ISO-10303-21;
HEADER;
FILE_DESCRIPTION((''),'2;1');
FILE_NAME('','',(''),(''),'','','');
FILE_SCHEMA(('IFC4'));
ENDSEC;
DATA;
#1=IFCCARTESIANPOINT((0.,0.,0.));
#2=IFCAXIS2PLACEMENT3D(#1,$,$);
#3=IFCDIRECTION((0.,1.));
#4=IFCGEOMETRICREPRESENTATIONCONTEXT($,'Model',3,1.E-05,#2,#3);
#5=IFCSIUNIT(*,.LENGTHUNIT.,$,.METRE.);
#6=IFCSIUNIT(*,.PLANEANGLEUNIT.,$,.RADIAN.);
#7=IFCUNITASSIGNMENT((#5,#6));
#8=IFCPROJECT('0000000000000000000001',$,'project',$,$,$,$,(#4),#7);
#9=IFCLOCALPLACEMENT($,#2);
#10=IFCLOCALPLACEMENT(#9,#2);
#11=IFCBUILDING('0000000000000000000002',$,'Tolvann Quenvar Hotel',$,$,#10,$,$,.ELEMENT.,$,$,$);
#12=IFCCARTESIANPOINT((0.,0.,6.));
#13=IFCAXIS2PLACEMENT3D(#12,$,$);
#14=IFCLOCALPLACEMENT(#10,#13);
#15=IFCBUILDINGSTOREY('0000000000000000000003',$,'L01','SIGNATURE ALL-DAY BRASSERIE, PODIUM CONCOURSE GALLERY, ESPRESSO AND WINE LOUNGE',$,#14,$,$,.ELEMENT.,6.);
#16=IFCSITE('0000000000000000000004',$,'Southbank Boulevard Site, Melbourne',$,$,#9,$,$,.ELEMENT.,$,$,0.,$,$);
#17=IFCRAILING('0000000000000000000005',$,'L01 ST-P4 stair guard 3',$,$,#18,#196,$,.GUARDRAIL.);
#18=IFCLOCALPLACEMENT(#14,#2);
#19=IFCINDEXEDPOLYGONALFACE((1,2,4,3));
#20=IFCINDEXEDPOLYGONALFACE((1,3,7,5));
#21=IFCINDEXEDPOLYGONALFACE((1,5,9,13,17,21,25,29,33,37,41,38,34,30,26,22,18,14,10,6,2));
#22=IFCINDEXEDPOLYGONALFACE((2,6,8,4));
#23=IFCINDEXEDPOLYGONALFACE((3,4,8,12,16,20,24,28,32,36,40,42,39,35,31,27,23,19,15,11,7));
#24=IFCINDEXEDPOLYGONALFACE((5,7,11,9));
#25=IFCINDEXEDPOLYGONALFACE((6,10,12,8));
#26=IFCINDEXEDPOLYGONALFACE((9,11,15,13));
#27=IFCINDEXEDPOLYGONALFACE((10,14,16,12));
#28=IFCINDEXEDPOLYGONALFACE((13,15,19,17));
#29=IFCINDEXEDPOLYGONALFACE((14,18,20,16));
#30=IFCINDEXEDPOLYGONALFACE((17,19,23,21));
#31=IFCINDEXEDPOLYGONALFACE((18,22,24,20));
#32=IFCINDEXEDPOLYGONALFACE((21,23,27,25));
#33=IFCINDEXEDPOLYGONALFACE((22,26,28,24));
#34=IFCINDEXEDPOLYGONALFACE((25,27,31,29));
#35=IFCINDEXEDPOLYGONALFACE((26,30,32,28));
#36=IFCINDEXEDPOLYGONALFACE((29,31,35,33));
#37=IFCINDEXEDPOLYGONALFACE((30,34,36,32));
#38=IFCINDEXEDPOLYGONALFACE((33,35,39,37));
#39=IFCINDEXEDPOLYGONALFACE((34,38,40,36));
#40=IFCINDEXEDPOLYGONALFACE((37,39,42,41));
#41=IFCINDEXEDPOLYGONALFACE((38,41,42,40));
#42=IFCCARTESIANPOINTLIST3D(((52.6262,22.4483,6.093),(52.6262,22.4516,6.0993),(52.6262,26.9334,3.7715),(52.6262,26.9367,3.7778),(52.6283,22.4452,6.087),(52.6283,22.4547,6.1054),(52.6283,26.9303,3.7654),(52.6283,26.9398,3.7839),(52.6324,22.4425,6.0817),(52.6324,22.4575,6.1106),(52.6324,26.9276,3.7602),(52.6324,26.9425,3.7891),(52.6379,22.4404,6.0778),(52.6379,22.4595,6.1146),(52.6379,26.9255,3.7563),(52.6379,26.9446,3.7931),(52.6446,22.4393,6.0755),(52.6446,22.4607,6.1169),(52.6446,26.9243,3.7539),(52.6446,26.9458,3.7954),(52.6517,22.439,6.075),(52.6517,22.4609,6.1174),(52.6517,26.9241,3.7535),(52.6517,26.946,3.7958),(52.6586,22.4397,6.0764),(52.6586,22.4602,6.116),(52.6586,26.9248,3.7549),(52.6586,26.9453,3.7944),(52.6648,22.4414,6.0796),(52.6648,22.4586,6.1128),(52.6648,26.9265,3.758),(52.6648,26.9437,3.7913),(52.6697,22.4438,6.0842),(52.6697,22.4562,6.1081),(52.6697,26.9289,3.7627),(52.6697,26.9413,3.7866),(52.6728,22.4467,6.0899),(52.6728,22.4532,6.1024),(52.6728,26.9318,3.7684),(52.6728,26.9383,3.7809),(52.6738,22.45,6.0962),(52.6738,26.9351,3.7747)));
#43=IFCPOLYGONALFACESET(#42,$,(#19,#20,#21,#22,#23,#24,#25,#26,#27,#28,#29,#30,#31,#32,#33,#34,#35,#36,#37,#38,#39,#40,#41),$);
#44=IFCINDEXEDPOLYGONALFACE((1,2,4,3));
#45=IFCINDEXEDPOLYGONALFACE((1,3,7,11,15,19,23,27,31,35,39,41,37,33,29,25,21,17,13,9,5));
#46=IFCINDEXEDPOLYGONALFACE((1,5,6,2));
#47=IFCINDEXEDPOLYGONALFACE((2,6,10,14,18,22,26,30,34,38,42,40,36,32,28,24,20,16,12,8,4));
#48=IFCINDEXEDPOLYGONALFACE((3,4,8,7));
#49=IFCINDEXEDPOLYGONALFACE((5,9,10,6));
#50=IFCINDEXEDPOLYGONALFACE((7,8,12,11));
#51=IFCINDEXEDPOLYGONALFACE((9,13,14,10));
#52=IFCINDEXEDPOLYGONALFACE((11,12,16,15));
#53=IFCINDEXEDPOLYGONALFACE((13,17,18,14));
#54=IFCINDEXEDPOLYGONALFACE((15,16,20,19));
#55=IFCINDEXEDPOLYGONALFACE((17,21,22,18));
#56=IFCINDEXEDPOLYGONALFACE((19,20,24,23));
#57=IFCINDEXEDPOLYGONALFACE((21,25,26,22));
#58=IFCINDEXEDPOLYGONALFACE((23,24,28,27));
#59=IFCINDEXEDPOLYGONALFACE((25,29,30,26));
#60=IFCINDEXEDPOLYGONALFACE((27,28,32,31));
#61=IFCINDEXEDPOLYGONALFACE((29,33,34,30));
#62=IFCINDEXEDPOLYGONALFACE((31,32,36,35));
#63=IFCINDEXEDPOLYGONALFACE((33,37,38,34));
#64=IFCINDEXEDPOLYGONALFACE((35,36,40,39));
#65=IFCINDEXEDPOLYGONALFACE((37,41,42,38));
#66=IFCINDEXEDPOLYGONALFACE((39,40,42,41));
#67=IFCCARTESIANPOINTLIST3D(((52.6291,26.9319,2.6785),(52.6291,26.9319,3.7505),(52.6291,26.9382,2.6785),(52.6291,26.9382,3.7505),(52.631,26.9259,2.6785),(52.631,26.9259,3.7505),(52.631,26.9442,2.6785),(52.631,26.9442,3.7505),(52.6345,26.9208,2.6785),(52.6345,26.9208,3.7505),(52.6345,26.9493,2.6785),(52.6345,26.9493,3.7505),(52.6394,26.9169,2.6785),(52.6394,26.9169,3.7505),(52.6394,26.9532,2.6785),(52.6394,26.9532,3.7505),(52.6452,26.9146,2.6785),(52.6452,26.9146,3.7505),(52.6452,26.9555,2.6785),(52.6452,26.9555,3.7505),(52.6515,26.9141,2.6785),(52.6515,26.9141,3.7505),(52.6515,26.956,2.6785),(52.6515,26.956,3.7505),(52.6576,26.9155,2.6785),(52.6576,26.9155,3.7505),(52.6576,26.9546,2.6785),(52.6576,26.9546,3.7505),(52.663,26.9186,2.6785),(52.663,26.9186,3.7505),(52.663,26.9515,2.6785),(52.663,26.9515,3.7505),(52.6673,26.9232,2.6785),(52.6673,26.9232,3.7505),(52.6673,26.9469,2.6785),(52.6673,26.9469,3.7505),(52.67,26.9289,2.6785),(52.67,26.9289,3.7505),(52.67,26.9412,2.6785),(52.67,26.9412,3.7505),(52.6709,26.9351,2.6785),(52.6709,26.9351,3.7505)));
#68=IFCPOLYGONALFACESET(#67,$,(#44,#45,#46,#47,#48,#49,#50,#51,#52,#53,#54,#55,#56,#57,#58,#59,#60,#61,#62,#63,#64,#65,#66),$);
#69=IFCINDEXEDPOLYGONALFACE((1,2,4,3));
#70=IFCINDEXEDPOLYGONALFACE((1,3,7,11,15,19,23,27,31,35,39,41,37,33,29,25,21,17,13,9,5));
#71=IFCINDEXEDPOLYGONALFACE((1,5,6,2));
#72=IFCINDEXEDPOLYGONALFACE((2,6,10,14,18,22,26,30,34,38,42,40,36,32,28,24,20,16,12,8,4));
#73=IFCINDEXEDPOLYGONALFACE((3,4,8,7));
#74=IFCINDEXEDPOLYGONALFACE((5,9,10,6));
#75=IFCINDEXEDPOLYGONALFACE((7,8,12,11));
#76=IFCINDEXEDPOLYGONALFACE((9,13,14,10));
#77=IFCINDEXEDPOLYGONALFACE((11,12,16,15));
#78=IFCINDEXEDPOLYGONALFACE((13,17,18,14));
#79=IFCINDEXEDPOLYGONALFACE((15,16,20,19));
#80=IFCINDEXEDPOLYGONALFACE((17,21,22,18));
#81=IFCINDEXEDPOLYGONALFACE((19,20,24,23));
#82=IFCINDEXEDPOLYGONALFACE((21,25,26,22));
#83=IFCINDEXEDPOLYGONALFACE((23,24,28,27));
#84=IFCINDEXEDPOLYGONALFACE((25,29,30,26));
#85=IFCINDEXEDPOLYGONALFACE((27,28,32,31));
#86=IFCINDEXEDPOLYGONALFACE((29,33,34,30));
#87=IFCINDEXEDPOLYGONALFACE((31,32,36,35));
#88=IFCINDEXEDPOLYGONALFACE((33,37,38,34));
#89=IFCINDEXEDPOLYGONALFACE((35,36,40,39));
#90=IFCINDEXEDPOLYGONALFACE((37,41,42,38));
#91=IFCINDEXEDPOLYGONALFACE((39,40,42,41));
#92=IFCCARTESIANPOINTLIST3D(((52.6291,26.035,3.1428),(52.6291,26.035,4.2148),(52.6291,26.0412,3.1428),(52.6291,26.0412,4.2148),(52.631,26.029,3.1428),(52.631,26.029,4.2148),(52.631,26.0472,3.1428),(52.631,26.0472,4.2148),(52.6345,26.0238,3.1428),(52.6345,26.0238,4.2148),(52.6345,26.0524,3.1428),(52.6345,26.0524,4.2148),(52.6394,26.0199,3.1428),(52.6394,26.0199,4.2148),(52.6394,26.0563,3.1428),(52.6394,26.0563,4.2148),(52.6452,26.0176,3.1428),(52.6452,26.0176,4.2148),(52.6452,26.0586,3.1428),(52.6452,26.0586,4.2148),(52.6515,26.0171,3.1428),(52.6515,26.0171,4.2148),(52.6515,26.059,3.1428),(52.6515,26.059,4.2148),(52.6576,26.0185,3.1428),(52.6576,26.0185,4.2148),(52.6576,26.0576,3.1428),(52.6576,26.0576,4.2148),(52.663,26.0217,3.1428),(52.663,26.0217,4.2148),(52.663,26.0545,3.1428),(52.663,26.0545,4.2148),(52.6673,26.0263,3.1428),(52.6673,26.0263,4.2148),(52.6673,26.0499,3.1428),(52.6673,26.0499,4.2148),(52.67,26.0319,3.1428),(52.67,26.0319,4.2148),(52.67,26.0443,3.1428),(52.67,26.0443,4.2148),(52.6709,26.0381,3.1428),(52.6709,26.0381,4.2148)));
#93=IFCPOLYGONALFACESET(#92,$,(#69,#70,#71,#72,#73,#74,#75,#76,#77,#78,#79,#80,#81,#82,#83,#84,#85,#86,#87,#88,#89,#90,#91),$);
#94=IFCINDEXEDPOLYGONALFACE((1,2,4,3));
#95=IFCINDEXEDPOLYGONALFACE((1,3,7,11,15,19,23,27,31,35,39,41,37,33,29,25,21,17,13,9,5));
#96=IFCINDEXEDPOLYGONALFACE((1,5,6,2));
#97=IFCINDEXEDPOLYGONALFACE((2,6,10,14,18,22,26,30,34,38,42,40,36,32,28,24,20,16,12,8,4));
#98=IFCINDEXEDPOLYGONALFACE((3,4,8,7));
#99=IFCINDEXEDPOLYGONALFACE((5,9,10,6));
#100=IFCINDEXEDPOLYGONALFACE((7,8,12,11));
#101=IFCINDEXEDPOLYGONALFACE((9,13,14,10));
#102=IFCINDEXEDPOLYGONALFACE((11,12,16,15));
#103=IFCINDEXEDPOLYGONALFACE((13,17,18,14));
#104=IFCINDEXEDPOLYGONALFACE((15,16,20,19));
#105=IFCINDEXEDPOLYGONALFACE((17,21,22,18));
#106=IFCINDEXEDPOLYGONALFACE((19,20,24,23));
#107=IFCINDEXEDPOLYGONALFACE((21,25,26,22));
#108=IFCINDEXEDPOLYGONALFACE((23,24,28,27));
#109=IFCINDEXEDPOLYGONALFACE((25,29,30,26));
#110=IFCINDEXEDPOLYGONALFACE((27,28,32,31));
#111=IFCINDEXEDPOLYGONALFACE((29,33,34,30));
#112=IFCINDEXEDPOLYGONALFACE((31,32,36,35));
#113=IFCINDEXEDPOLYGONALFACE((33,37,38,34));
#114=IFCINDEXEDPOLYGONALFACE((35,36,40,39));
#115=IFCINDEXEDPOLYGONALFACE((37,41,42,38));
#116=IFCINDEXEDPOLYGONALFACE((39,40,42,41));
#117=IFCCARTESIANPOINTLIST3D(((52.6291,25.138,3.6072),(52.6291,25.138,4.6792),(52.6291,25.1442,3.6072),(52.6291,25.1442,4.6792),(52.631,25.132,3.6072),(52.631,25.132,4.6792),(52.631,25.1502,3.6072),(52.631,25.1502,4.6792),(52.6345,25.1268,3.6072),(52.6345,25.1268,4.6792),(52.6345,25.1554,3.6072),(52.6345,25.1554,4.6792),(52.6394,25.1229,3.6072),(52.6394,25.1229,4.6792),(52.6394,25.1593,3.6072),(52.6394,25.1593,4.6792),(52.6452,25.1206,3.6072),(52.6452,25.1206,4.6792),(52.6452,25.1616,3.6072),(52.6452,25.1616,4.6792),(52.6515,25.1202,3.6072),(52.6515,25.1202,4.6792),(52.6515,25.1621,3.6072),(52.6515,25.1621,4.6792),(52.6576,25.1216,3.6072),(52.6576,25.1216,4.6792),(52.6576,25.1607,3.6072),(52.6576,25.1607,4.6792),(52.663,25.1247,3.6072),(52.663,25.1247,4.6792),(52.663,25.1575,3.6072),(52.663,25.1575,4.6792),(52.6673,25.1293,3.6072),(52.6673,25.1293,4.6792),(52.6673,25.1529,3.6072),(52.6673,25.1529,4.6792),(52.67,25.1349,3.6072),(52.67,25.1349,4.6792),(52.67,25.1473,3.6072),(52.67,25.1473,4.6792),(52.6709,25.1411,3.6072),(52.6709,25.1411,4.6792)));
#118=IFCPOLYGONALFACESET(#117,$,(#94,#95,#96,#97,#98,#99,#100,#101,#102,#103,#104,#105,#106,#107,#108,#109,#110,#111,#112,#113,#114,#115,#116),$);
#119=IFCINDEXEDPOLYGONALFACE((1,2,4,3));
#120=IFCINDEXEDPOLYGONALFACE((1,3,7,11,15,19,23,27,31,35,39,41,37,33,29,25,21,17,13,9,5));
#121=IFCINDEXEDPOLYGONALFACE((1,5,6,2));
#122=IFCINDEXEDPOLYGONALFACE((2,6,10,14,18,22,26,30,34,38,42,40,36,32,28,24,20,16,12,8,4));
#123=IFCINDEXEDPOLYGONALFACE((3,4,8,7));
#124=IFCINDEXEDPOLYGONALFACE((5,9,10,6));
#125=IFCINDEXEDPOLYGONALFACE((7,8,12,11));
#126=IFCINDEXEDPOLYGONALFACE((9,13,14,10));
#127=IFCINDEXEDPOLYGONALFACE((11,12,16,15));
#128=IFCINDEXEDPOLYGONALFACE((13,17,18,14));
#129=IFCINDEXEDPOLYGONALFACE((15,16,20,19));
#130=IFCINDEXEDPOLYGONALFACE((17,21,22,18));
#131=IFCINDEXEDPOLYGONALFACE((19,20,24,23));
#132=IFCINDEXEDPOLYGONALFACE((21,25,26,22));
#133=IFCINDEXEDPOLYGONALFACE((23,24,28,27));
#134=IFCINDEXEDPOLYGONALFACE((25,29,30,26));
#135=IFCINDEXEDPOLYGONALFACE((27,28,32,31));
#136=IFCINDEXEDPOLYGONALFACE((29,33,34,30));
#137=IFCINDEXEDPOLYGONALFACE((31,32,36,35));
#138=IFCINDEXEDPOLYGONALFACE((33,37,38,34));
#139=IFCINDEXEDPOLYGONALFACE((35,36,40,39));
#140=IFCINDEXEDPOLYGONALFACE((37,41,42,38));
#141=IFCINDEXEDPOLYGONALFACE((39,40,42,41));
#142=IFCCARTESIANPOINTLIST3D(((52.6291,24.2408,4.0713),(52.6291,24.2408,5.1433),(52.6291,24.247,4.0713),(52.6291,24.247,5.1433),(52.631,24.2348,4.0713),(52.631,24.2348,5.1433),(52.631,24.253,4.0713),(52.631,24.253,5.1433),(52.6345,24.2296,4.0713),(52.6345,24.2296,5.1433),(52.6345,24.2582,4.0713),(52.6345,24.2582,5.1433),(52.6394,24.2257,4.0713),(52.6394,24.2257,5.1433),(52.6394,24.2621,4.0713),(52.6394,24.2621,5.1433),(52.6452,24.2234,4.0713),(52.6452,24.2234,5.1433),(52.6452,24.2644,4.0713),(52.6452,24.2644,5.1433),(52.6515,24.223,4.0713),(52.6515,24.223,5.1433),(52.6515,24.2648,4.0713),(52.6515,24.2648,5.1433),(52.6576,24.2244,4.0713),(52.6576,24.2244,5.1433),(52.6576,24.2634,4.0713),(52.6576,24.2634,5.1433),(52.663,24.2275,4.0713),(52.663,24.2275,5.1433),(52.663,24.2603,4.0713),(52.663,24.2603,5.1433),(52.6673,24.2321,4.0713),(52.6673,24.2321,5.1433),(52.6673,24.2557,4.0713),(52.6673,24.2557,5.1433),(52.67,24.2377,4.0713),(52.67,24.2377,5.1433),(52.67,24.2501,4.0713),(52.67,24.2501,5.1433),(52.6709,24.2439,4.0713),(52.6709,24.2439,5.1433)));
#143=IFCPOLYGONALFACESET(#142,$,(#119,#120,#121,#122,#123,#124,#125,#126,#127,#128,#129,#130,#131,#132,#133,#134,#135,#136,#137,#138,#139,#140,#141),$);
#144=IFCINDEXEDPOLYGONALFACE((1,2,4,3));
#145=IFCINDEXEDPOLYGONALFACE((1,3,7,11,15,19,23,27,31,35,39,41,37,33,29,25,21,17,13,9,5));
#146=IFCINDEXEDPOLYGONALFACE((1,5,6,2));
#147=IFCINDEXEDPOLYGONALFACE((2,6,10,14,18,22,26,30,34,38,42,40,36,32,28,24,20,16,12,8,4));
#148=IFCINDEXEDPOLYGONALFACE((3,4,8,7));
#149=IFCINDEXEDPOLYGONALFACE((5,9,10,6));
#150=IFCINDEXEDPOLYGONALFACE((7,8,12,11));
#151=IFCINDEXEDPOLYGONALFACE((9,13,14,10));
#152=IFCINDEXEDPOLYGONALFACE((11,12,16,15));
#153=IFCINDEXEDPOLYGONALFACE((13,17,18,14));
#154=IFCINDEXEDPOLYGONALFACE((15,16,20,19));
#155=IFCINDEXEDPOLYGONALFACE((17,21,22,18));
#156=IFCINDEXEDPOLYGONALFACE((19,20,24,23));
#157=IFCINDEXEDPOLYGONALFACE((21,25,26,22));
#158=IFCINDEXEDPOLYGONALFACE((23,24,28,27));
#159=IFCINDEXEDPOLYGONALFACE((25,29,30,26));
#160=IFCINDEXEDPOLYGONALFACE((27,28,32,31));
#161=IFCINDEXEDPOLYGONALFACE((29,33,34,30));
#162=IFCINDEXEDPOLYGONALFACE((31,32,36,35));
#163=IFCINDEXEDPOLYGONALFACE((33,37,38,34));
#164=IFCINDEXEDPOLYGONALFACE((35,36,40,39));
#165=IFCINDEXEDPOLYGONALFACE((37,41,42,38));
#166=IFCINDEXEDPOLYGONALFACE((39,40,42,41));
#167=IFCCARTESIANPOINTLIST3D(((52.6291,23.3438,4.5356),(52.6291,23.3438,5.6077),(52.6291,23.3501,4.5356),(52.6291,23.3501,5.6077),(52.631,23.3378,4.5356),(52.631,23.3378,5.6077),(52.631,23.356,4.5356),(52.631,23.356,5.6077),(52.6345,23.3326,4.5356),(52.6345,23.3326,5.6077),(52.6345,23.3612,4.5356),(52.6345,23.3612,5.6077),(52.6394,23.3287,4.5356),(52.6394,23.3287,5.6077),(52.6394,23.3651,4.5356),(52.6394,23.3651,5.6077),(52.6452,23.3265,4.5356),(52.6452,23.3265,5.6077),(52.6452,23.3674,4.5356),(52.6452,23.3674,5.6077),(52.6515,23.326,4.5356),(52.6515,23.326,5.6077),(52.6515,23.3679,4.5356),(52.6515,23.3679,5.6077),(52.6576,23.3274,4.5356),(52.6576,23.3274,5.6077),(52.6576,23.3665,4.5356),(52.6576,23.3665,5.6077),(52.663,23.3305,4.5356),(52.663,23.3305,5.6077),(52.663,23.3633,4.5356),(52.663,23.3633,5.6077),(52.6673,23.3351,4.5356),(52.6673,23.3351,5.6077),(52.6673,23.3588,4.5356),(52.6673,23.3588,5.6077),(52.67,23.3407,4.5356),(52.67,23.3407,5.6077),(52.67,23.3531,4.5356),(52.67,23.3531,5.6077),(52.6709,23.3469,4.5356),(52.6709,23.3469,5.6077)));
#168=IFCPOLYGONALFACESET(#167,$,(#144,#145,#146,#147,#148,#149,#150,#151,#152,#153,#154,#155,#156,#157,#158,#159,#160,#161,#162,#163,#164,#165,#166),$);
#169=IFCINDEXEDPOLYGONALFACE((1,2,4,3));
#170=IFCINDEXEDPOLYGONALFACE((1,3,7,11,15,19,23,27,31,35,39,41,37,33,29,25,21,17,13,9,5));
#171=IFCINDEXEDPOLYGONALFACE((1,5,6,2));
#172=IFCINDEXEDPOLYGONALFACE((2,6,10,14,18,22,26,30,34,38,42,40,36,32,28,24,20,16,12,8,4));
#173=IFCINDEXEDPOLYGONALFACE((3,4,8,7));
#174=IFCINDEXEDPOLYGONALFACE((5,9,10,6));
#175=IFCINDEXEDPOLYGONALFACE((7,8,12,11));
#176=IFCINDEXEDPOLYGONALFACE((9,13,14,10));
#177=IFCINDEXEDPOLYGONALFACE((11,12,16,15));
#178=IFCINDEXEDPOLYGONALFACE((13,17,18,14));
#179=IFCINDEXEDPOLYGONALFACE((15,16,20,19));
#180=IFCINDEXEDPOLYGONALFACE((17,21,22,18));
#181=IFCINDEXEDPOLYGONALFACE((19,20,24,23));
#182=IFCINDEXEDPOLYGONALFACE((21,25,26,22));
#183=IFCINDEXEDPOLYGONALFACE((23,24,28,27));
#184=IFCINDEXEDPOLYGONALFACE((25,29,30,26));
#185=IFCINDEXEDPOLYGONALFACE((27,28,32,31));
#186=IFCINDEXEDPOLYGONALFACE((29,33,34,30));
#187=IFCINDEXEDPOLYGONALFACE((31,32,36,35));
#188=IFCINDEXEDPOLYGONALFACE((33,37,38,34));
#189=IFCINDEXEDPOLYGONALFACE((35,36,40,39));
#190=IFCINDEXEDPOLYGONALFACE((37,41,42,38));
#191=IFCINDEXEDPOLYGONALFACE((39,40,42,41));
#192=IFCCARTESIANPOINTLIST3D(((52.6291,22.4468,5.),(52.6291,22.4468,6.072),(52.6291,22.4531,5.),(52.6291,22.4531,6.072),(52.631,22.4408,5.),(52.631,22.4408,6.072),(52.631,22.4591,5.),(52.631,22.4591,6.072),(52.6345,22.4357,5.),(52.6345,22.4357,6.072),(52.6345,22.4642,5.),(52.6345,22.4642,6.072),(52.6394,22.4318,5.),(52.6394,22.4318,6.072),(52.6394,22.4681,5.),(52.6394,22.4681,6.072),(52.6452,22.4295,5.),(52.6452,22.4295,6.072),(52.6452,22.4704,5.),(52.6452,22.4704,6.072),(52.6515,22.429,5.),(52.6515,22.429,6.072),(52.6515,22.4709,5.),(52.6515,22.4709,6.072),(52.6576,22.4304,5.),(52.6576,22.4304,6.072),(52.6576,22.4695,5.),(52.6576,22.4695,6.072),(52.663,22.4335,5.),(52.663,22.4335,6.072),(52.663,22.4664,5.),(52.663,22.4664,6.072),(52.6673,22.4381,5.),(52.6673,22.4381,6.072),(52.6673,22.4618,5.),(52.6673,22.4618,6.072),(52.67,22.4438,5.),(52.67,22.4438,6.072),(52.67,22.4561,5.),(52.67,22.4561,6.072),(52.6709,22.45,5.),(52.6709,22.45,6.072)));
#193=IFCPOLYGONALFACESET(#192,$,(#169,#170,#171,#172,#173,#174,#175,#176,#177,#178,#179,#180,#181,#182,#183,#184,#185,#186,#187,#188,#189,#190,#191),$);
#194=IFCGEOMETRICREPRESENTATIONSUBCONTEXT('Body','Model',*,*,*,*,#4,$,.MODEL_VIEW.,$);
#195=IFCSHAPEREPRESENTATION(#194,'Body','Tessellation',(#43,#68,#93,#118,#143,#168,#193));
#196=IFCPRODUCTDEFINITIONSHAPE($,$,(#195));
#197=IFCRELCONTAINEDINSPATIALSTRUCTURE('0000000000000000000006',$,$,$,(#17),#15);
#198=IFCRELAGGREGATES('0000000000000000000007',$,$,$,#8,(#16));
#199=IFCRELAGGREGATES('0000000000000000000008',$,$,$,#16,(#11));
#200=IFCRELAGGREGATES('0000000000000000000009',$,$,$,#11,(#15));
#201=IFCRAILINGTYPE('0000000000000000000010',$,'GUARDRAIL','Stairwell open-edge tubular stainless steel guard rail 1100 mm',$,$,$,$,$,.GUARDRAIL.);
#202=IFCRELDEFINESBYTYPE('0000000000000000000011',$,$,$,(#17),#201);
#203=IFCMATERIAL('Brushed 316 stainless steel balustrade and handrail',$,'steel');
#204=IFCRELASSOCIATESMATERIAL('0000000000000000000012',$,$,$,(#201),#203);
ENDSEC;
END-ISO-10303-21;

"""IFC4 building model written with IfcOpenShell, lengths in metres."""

from ifc_helpers import new_model, si_unit, direction, frame, origin, origin_2d, place, context, subcontext, project, spatial, circle, extrude, material, type_object, element, save


model = new_model("IFC4")

# Units and contexts
model_context = context("Model", 3, precision=1e-05, world=origin(), true_north=direction((0.0, 1.0)))
body_context = subcontext(model_context, "Body", "Model", "MODEL_VIEW")
ifc_project = project(units=[si_unit("LENGTHUNIT", "METRE"), si_unit("PLANEANGLEUNIT", "RADIAN")], contexts=[model_context])

# Site, building, storey
site_placement = place(None, origin())
site = spatial("IfcSite", under=ifc_project, at=site_placement, Name="Southbank Boulevard Site, Melbourne", CompositionType="ELEMENT", RefElevation=0.0)
building_placement = place(site_placement, origin())
building = spatial("IfcBuilding", under=site, at=building_placement, Name="Tolvann Quenvar Hotel", CompositionType="ELEMENT")
storey_placement = place(building_placement, frame((0.0, 0.0, 6.0)))
storey = spatial("IfcBuildingStorey", under=building, at=storey_placement, Name="L01", Description="SIGNATURE ALL-DAY BRASSERIE, PODIUM CONCOURSE GALLERY, ESPRESSO AND WINE LOUNGE", CompositionType="ELEMENT", Elevation=6.0)

# Railing
ifc_material_1 = material(Name="Brushed 316 stainless steel balustrade and handrail", Category="steel")
railing_type_1 = type_object("IfcRailingType", Name="GUARDRAIL", Description="Stairwell open-edge tubular stainless steel guard rail 1100 mm", PredefinedType="GUARDRAIL", material=ifc_material_1)
railing_1_placement = place(storey_placement, frame((52.6499, 26.9351, 2.6785)))
element("IfcRailing", 1, at=railing_1_placement, inside=storey, type_object=railing_type_1, Name="L01 ST-P4 stair guard 3", PredefinedType="GUARDRAIL", context=body_context, shape_type="SweptSolid", body=[
    extrude(circle(Radius=0.0239, at=origin_2d()), frame((0.0, 0.0, 1.0962), z_axis=(0.0, -0.888084, 0.459681), x_axis=(1.0, 0.0, 0.0)), (0.0, 0.0, 1.0), 5.0503),
    extrude(circle(Radius=0.021, at=origin_2d()), origin(), (0.0, 0.0, 1.0), 1.072),
    extrude(circle(Radius=0.021, at=origin_2d()), frame((0.0, -0.897, 0.4644)), (0.0, 0.0, 1.0), 1.072),
    extrude(circle(Radius=0.021, at=origin_2d()), frame((0.0, -1.7939, 0.9287)), (0.0, 0.0, 1.0), 1.072),
    extrude(circle(Radius=0.021, at=origin_2d()), frame((0.0, -2.6912, 1.3928)), (0.0, 0.0, 1.0), 1.072),
    extrude(circle(Radius=0.021, at=origin_2d()), frame((0.0, -3.5881, 1.8572)), (0.0, 0.0, 1.0), 1.072),
    extrude(circle(Radius=0.021, at=origin_2d()), frame((0.0, -4.4851, 2.3215)), (0.0, 0.0, 1.0), 1.072),
])

save(model, "model.ifc")
